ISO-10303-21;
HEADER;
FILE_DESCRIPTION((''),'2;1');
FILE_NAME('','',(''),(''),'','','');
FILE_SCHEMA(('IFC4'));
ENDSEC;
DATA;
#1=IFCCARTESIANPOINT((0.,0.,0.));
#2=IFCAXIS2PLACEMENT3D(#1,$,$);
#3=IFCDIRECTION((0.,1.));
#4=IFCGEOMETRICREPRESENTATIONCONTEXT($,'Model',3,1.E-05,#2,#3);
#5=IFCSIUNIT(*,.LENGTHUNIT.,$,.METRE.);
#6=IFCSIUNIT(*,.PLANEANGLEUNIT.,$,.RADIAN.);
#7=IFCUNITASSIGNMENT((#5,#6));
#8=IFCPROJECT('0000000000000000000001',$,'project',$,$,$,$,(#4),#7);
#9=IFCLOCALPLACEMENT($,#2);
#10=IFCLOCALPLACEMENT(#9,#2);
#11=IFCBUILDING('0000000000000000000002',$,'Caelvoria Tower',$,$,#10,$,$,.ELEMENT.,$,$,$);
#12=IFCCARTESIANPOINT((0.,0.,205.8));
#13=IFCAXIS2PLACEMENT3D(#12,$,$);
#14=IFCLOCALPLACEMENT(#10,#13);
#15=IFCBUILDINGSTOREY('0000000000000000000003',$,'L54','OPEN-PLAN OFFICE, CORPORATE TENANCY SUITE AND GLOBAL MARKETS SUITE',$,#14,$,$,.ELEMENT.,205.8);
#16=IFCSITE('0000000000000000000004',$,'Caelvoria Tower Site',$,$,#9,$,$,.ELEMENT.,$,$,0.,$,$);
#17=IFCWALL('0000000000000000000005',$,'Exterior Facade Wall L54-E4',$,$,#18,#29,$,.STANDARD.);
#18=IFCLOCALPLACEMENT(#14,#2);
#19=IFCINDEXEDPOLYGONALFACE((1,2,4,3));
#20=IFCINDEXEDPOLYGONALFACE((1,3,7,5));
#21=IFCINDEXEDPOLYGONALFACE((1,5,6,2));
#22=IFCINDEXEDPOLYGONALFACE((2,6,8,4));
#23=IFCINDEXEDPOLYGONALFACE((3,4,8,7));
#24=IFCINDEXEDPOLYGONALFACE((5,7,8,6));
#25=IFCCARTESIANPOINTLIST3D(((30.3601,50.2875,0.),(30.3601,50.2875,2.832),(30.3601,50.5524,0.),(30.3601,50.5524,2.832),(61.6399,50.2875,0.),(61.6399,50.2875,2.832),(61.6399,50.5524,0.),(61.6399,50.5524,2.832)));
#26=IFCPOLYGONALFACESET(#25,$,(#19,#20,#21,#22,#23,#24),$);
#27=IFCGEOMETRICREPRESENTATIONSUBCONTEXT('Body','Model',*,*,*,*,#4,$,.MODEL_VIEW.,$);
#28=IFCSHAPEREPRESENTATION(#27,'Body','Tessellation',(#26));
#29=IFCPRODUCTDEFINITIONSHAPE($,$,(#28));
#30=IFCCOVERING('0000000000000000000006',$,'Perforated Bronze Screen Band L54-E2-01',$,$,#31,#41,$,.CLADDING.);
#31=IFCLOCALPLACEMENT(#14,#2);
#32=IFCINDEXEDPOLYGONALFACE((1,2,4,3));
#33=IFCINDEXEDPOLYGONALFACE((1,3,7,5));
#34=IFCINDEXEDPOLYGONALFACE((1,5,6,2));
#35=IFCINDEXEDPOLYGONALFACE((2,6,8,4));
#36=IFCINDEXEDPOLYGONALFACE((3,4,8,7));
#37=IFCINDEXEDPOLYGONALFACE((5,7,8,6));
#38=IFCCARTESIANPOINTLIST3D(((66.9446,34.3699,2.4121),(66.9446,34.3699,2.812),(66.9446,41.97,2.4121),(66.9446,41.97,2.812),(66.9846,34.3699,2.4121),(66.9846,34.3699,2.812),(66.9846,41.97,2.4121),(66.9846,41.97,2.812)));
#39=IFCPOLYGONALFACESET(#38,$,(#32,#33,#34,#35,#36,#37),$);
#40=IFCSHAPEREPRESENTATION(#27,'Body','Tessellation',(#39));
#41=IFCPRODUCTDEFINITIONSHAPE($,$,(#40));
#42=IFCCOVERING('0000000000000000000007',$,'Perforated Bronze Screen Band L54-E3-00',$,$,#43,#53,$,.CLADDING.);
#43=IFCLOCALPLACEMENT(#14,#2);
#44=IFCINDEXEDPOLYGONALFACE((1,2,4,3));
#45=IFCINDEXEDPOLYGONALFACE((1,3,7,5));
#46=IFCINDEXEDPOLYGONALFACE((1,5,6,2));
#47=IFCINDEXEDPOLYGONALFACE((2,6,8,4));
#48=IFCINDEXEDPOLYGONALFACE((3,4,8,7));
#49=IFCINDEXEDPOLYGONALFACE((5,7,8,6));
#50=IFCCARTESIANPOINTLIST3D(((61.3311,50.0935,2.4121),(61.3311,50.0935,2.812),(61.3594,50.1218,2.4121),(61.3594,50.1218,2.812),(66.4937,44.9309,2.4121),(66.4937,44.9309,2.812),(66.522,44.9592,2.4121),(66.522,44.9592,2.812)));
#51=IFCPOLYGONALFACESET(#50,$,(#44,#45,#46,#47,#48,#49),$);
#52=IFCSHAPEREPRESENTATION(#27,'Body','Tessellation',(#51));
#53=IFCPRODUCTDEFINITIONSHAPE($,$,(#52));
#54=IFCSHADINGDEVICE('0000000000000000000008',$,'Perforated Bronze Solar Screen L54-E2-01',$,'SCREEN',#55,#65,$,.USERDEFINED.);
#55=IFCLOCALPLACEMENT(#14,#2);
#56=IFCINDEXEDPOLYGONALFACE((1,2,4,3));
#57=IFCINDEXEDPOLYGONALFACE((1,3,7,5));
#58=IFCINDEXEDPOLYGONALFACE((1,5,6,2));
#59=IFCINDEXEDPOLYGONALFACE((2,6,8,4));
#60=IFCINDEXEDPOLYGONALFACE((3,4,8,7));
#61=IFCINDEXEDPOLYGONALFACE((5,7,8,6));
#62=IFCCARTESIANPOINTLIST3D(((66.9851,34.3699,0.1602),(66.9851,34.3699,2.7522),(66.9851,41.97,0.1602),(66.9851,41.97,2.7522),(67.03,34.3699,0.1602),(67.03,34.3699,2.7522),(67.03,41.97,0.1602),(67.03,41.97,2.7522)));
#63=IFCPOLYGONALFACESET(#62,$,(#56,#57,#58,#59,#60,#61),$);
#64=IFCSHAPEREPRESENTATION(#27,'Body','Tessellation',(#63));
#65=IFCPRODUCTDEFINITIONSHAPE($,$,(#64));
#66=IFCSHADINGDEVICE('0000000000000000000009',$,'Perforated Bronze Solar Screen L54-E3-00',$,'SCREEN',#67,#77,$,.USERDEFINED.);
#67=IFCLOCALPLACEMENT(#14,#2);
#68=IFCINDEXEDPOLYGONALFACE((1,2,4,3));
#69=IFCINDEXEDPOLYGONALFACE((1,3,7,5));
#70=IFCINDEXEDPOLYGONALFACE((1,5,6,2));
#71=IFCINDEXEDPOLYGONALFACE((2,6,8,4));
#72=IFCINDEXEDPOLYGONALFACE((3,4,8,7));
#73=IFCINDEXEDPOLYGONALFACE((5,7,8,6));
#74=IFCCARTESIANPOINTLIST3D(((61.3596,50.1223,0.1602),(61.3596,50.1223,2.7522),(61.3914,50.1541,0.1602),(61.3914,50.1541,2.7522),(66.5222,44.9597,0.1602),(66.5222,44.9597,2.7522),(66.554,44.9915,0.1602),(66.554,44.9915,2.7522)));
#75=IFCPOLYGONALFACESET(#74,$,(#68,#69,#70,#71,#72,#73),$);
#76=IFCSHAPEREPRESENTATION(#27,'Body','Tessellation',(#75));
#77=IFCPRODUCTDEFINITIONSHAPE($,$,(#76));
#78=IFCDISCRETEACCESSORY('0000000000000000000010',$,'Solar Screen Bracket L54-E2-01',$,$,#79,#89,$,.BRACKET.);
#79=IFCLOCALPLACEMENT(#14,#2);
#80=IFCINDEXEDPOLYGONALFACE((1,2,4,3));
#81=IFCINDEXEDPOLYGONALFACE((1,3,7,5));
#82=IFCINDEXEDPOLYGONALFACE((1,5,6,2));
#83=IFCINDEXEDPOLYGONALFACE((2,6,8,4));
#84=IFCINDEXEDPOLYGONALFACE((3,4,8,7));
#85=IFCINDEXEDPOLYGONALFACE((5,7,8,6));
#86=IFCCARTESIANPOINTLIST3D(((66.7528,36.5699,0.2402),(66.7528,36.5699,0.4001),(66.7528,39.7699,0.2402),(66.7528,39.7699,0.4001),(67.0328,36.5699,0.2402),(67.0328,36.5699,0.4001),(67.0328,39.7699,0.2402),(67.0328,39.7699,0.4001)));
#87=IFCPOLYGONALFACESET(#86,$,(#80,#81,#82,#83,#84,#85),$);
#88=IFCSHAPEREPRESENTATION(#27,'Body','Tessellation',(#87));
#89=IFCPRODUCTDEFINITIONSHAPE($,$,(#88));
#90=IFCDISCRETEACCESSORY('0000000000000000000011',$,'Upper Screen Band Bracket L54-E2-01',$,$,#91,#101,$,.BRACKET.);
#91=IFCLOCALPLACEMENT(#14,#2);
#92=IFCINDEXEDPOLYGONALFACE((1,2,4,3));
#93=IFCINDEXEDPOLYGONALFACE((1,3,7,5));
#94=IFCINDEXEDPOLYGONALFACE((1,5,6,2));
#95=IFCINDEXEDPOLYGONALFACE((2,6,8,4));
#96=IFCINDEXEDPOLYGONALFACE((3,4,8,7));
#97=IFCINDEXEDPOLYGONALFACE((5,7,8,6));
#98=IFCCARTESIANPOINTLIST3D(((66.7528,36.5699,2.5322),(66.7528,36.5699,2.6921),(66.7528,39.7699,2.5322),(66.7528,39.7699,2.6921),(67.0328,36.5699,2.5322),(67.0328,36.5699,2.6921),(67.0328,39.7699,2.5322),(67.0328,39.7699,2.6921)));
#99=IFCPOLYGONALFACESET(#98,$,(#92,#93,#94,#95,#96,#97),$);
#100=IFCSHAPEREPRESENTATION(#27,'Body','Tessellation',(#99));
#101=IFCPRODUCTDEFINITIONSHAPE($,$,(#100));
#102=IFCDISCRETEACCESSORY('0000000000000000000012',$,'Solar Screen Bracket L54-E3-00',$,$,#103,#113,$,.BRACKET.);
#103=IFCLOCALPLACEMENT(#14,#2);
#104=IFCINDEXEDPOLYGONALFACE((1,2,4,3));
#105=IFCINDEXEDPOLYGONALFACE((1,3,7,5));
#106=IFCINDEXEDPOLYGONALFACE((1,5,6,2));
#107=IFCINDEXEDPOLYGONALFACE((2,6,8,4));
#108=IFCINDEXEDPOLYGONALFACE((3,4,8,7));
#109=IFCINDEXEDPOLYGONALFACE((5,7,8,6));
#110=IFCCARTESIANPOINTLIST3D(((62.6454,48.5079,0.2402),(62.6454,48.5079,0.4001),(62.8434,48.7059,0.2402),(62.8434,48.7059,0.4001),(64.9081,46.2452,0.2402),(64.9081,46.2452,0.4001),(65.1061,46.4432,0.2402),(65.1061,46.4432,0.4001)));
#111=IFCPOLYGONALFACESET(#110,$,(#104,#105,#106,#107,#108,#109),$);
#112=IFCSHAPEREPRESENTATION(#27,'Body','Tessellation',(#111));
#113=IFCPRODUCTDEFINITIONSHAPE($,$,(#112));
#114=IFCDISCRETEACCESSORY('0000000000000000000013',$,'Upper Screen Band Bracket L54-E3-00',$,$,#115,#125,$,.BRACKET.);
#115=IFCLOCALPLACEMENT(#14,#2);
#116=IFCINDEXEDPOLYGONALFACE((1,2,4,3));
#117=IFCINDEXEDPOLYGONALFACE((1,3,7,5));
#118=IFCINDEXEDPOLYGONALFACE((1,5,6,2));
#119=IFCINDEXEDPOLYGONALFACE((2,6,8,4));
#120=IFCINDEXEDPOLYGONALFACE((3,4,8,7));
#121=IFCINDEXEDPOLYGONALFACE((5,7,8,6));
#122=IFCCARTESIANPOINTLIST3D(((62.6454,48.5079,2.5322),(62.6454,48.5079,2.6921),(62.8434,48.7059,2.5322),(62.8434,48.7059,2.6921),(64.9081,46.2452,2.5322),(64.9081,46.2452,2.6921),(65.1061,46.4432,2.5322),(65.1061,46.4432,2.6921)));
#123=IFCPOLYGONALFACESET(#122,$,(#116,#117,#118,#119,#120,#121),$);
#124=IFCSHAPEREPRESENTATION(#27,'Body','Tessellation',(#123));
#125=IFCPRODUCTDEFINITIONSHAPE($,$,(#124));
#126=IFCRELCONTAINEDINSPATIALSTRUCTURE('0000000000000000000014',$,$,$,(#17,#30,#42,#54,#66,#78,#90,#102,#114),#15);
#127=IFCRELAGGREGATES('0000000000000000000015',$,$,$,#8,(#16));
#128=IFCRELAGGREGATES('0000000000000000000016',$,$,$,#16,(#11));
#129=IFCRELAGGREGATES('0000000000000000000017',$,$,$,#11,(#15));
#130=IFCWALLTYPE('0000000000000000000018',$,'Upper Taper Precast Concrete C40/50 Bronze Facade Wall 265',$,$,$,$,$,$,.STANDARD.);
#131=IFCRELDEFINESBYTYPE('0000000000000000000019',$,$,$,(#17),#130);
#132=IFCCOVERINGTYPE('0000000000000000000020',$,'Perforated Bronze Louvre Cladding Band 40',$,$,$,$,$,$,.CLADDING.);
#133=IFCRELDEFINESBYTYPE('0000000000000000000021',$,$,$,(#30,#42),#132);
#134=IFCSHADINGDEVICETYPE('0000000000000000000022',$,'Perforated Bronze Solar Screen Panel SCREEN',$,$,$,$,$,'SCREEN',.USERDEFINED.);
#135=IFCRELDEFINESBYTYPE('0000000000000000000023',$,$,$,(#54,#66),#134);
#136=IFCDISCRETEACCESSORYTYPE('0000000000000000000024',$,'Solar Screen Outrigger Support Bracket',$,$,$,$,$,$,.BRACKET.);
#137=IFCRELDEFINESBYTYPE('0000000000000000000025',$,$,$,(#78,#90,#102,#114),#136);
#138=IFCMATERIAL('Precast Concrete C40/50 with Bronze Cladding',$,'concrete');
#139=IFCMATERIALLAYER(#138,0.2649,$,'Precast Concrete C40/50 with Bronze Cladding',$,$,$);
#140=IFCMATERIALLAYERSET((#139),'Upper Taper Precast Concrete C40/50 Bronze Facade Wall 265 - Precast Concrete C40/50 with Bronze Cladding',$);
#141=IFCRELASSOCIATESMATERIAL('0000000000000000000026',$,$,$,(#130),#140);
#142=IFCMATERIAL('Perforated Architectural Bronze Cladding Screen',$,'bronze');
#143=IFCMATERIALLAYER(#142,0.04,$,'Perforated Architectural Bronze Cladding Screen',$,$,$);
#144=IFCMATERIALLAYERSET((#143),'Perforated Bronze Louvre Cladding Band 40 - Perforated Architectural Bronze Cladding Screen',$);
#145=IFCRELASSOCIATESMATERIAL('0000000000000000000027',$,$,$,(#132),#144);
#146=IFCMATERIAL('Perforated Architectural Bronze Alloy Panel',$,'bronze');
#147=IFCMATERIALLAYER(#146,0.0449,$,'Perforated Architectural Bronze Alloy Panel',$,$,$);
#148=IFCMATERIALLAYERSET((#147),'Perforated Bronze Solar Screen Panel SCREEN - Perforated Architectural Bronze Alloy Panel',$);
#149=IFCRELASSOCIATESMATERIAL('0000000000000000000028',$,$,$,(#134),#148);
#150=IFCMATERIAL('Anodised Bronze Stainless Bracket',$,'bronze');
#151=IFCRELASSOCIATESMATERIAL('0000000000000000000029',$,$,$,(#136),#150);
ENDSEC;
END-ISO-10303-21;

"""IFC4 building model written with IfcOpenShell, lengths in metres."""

from ifc_helpers import new_model, si_unit, direction, frame, frame_2d, origin, origin_2d, place, context, subcontext, project, spatial, rectangle, extrude, material, layer, layer_set, type_object, element, save


model = new_model("IFC4")

# Units and contexts
model_context = context("Model", 3, precision=1e-05, world=origin(), true_north=direction((0.0, 1.0)))
body_context = subcontext(model_context, "Body", "Model", "MODEL_VIEW")
ifc_project = project(units=[si_unit("LENGTHUNIT", "METRE"), si_unit("PLANEANGLEUNIT", "RADIAN")], contexts=[model_context])

# Site, building, storey
site_placement = place(None, origin())
site = spatial("IfcSite", under=ifc_project, at=site_placement, Name="Caelvoria Tower Site", CompositionType="ELEMENT", RefElevation=0.0)
building_placement = place(site_placement, origin())
building = spatial("IfcBuilding", under=site, at=building_placement, Name="Caelvoria Tower", CompositionType="ELEMENT")
storey_placement = place(building_placement, frame((0.0, 0.0, 205.8)))
storey = spatial("IfcBuildingStorey", under=building, at=storey_placement, Name="L54", Description="OPEN-PLAN OFFICE, CORPORATE TENANCY SUITE AND GLOBAL MARKETS SUITE", CompositionType="ELEMENT", Elevation=205.8)

# Wall
ifc_material_1 = material(Name="Precast Concrete C40/50 with Bronze Cladding", Category="concrete")
ifc_layer_1 = layer(ifc_material_1, 0.2649, Name="Precast Concrete C40/50 with Bronze Cladding")
ifc_layer_set_1 = layer_set([ifc_layer_1], Name="Upper Taper Precast Concrete C40/50 Bronze Facade Wall 265 - Precast Concrete C40/50 with Bronze Cladding")
wall_type_1 = type_object("IfcWallType", Name="Upper Taper Precast Concrete C40/50 Bronze Facade Wall 265", PredefinedType="STANDARD", material=ifc_layer_set_1)
wall_1_placement = place(storey_placement, frame((61.6399, 50.4199, 0.0), z_axis=(0.0, 0.0, 1.0), x_axis=(-1.0, 0.0, 0.0)))
element("IfcWall", 1, at=wall_1_placement, inside=storey, type_object=wall_type_1, Name="Exterior Facade Wall L54-E4", PredefinedType="STANDARD", context=body_context, shape_type="SweptSolid", body=[
    extrude(rectangle(XDim=31.2798, YDim=0.2649, at=frame_2d((15.6399, 0.0))), origin(), (0.0, 0.0, 1.0), 2.832),
])

# Coverings
ifc_material_2 = material(Name="Perforated Architectural Bronze Cladding Screen", Category="bronze")
ifc_layer_2 = layer(ifc_material_2, 0.04, Name="Perforated Architectural Bronze Cladding Screen")
ifc_layer_set_2 = layer_set([ifc_layer_2], Name="Perforated Bronze Louvre Cladding Band 40 - Perforated Architectural Bronze Cladding Screen")
covering_type = type_object("IfcCoveringType", Name="Perforated Bronze Louvre Cladding Band 40", PredefinedType="CLADDING", material=ifc_layer_set_2)
covering_1_placement = place(storey_placement, frame((66.9646, 38.1699, 2.4121), z_axis=(0.0, 0.0, 1.0), x_axis=(0.0, 1.0, 0.0)))
element("IfcCovering", 2, at=covering_1_placement, inside=storey, type_object=covering_type, Name="Perforated Bronze Screen Band L54-E2-01", PredefinedType="CLADDING", context=body_context, shape_type="SweptSolid", body=[
    extrude(rectangle(XDim=7.6001, YDim=0.04, at=origin_2d()), origin(), (0.0, 0.0, 1.0), 0.3999),
])
covering_2_placement = place(storey_placement, frame((63.9265, 47.5264, 2.4121), z_axis=(0.0, 0.0, 1.0), x_axis=(-0.707107, 0.707107, 0.0)))
element("IfcCovering", 3, at=covering_2_placement, inside=storey, type_object=covering_type, Name="Perforated Bronze Screen Band L54-E3-00", PredefinedType="CLADDING", context=body_context, shape_type="SweptSolid", body=[
    extrude(rectangle(XDim=7.301, YDim=0.04, at=origin_2d()), origin(), (0.0, 0.0, 1.0), 0.3999),
])

# Shading devices
ifc_material_3 = material(Name="Perforated Architectural Bronze Alloy Panel", Category="bronze")
ifc_layer_3 = layer(ifc_material_3, 0.0449, Name="Perforated Architectural Bronze Alloy Panel")
ifc_layer_set_3 = layer_set([ifc_layer_3], Name="Perforated Bronze Solar Screen Panel SCREEN - Perforated Architectural Bronze Alloy Panel")
shading_device_type = type_object("IfcShadingDeviceType", Name="Perforated Bronze Solar Screen Panel SCREEN", ElementType="SCREEN", PredefinedType="USERDEFINED", material=ifc_layer_set_3)
shading_device_1_placement = place(storey_placement, frame((67.0076, 38.1699, 0.1602), z_axis=(0.0, 0.0, 1.0), x_axis=(0.0, 1.0, 0.0)))
element("IfcShadingDevice", 4, at=shading_device_1_placement, inside=storey, type_object=shading_device_type, Name="Perforated Bronze Solar Screen L54-E2-01", ObjectType="SCREEN", PredefinedType="USERDEFINED", context=body_context, shape_type="SweptSolid", body=[
    extrude(rectangle(XDim=7.6001, YDim=0.0449, at=origin_2d()), origin(), (0.0, 0.0, 1.0), 2.592),
])
shading_device_2_placement = place(storey_placement, frame((63.9568, 47.5569, 0.1602), z_axis=(0.0, 0.0, 1.0), x_axis=(-0.707107, 0.707107, 0.0)))
element("IfcShadingDevice", 5, at=shading_device_2_placement, inside=storey, type_object=shading_device_type, Name="Perforated Bronze Solar Screen L54-E3-00", ObjectType="SCREEN", PredefinedType="USERDEFINED", context=body_context, shape_type="SweptSolid", body=[
    extrude(rectangle(XDim=7.301, YDim=0.0449, at=origin_2d()), origin(), (0.0, 0.0, 1.0), 2.592),
])

# Discrete accessories
ifc_material_4 = material(Name="Anodised Bronze Stainless Bracket", Category="bronze")
discrete_accessory_type = type_object("IfcDiscreteAccessoryType", Name="Solar Screen Outrigger Support Bracket", PredefinedType="BRACKET", material=ifc_material_4)
for number, where, z_axis, x_axis, name in (
    (6, (66.8928, 38.1699, 0.2402), (0.0, 0.0, 1.0), (0.0, 1.0, 0.0), "Solar Screen Bracket L54-E2-01"),
    (7, (66.8928, 38.1699, 2.5322), (0.0, 0.0, 1.0), (0.0, 1.0, 0.0), "Upper Screen Band Bracket L54-E2-01"),
    (8, (63.8757, 47.4756, 0.2402), (0.0, 0.0, 1.0), (-0.707107, 0.707107, 0.0), "Solar Screen Bracket L54-E3-00"),
    (9, (63.8757, 47.4756, 2.5322), (0.0, 0.0, 1.0), (-0.707107, 0.707107, 0.0), "Upper Screen Band Bracket L54-E3-00"),
):
    element("IfcDiscreteAccessory", number, at=place(storey_placement, frame(where, z_axis=z_axis, x_axis=x_axis)), inside=storey, type_object=discrete_accessory_type, Name=name, PredefinedType="BRACKET", context=body_context, shape_type="SweptSolid", body=[
        extrude(rectangle(XDim=3.2, YDim=0.28, at=origin_2d()), origin(), (0.0, 0.0, 1.0), 0.1599),
    ])

save(model, "model.ifc")
